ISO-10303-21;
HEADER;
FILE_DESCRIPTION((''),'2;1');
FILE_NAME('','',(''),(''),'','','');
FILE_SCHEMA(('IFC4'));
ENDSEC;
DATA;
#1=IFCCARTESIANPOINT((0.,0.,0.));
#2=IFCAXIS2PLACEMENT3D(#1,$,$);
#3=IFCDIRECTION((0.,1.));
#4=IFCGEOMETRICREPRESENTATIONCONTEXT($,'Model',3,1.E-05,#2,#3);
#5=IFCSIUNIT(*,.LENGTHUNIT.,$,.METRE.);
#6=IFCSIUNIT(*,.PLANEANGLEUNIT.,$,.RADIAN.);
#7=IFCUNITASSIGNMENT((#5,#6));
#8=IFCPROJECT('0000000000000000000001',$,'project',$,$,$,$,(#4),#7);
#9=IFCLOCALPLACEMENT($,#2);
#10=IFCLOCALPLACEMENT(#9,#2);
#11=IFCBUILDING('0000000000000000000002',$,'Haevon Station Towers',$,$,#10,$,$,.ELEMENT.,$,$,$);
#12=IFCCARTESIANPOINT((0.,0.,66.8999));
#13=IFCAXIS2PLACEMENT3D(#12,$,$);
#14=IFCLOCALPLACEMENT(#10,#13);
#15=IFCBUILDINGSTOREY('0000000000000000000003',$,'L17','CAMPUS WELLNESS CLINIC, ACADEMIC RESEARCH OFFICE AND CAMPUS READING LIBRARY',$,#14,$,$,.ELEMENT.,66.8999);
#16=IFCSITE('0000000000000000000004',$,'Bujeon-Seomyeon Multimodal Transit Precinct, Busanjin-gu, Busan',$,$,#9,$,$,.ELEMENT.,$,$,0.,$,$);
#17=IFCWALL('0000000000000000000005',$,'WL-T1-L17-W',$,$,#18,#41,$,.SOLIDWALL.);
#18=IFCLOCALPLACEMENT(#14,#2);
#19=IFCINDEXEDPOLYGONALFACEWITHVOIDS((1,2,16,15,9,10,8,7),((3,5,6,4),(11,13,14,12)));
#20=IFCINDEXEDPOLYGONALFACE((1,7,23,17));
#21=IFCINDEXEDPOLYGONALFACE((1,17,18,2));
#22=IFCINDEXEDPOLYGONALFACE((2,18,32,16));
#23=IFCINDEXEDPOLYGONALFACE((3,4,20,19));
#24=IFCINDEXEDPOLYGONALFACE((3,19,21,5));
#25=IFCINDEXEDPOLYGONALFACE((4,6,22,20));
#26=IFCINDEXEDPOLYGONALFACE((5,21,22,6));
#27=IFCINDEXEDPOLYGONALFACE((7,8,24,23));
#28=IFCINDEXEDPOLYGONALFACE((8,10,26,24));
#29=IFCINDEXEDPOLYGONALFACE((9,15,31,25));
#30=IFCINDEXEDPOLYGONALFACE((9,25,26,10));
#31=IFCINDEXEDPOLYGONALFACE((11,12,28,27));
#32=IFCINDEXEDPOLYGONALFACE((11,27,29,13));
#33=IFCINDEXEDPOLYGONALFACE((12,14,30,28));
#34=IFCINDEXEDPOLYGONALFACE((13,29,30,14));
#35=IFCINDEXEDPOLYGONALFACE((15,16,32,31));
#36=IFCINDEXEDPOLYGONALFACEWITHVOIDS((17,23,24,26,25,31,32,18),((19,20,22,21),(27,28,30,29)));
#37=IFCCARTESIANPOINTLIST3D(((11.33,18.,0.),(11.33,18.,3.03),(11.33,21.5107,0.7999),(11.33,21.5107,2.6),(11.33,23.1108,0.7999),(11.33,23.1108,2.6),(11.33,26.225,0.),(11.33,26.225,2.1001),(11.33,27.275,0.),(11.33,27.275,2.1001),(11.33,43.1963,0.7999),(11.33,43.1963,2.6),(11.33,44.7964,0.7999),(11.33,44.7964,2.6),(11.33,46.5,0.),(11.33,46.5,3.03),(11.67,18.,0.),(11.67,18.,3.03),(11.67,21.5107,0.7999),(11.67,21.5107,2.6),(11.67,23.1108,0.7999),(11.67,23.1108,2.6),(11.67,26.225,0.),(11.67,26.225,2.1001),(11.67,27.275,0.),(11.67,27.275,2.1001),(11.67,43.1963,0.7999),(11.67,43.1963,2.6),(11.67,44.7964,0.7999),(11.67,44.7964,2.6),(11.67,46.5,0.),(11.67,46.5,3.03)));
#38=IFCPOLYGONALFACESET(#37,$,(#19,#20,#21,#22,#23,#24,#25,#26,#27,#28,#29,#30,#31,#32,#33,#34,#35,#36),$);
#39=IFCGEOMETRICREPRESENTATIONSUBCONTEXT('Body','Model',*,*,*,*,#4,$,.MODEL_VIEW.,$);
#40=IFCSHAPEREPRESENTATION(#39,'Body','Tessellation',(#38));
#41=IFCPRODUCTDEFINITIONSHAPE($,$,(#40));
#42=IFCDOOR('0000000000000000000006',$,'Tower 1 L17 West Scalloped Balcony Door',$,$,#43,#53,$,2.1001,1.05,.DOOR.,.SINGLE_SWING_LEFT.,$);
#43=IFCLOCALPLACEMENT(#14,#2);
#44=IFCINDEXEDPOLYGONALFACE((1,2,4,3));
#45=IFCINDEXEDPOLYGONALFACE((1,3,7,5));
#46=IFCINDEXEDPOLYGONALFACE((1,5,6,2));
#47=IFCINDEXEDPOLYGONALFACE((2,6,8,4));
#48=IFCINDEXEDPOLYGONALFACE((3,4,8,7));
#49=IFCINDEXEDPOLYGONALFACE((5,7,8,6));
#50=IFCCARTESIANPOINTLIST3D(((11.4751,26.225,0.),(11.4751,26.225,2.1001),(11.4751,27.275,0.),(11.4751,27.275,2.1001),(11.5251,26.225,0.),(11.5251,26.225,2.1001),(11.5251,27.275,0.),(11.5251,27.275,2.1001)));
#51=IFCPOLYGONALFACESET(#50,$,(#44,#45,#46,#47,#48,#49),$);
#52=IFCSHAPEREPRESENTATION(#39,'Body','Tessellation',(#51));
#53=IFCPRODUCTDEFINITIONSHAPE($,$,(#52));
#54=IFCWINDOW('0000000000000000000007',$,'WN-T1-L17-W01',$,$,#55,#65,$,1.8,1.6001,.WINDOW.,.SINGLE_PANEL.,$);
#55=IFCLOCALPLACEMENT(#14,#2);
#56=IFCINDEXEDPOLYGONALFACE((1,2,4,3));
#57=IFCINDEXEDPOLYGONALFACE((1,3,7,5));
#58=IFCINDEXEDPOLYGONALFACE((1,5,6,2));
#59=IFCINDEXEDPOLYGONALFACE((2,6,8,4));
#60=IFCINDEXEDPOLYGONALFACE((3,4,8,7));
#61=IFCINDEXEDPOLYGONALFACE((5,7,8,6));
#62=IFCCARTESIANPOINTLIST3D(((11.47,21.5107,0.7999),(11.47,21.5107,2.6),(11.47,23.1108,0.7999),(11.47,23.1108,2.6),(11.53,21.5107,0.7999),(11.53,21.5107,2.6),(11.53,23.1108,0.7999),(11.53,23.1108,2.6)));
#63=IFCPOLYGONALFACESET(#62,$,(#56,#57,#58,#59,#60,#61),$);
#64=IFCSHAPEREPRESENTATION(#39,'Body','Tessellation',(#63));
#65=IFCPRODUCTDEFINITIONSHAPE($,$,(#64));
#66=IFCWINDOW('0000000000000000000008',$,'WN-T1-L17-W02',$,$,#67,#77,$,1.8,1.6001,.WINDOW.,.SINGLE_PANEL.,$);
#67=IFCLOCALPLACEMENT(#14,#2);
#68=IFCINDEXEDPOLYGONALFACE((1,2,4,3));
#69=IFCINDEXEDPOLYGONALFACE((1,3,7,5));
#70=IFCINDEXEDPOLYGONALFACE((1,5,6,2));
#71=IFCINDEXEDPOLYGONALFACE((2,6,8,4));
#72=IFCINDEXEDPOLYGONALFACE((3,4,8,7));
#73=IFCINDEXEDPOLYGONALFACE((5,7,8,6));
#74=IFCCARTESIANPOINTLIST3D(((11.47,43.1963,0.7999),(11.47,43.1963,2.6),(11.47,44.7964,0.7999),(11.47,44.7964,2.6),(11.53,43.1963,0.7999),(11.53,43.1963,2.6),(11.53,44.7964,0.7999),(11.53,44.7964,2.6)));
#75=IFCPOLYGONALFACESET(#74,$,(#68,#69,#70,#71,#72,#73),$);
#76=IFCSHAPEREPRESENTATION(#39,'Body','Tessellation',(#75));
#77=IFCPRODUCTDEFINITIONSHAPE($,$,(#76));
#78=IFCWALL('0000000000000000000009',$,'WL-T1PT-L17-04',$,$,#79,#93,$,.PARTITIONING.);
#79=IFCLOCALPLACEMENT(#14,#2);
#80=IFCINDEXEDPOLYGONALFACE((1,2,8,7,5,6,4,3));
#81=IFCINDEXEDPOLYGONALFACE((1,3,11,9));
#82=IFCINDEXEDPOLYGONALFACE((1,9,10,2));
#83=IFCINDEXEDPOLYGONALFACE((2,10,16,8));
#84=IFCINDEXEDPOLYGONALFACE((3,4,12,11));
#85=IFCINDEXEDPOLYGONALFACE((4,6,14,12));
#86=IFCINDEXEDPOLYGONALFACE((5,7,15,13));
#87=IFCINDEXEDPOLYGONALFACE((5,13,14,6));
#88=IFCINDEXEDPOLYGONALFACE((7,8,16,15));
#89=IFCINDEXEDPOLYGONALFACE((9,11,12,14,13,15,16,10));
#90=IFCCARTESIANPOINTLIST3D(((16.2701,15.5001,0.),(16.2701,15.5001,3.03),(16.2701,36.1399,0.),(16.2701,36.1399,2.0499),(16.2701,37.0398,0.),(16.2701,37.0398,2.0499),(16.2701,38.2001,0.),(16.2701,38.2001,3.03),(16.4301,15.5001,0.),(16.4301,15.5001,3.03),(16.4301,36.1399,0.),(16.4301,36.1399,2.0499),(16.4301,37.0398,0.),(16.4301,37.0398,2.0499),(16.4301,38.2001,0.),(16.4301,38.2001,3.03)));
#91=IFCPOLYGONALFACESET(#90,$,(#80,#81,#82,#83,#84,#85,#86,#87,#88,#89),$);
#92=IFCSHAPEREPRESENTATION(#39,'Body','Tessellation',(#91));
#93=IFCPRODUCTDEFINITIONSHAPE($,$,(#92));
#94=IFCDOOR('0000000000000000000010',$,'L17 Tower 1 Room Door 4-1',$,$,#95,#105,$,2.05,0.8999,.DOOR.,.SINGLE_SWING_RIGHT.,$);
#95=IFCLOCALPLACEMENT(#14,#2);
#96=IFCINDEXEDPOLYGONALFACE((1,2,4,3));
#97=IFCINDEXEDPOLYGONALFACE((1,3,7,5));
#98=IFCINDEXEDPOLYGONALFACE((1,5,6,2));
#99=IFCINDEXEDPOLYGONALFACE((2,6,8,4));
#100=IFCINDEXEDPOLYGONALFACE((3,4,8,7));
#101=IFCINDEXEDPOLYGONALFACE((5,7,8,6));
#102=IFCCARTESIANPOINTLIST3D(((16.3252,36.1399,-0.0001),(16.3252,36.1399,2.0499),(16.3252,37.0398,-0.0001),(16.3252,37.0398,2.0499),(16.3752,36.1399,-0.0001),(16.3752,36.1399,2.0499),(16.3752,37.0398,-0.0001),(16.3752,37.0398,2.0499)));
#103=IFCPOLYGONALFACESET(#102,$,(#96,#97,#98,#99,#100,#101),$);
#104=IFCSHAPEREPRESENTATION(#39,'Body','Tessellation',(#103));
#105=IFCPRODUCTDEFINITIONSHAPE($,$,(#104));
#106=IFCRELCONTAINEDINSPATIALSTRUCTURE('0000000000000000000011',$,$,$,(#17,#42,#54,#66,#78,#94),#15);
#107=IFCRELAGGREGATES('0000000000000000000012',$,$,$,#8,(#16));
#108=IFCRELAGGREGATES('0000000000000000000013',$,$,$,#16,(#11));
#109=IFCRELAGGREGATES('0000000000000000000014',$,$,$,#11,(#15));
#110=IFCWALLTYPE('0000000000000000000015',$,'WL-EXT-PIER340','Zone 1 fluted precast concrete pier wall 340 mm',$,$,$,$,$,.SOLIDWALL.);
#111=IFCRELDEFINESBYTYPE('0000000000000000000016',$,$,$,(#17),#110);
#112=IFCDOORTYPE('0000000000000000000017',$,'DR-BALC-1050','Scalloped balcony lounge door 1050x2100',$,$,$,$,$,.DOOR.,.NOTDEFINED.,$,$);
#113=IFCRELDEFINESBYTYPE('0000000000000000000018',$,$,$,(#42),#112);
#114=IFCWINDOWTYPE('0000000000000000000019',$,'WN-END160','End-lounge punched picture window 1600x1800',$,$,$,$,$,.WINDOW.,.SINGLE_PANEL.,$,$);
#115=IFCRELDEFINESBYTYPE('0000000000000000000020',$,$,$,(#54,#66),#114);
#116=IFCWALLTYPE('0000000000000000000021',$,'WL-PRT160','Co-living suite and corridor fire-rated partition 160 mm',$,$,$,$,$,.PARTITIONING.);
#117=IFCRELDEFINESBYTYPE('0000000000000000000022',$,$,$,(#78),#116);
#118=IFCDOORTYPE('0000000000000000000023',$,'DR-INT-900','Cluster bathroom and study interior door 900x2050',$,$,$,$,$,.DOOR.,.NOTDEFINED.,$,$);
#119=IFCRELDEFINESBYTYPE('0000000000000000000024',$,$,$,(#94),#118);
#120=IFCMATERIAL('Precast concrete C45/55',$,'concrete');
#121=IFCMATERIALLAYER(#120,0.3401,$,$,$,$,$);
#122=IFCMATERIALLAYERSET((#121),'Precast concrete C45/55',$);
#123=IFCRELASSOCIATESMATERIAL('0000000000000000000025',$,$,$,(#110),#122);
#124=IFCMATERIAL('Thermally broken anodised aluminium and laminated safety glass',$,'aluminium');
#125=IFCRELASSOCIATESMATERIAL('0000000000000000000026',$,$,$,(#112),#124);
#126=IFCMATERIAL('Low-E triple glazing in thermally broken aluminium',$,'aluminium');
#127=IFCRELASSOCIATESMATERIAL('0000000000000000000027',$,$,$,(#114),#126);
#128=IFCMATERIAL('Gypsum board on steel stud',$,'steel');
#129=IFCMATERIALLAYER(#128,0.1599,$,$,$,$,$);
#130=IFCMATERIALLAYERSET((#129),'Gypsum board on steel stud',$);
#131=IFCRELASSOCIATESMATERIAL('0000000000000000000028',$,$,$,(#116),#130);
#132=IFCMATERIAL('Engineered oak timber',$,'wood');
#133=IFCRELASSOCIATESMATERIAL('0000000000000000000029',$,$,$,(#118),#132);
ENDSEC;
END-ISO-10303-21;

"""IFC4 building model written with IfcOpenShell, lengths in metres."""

from ifc_helpers import new_model, si_unit, direction, frame, frame_2d, origin, place, context, subcontext, project, spatial, rectangle, extrude, material, layer, layer_set, type_object, element, fill, save


model = new_model("IFC4")

# Units and contexts
model_context = context("Model", 3, precision=1e-05, world=origin(), true_north=direction((0.0, 1.0)))
body_context = subcontext(model_context, "Body", "Model", "MODEL_VIEW")
ifc_project = project(units=[si_unit("LENGTHUNIT", "METRE"), si_unit("PLANEANGLEUNIT", "RADIAN")], contexts=[model_context])

# Site, building, storey
site_placement = place(None, origin())
site = spatial("IfcSite", under=ifc_project, at=site_placement, Name="Bujeon-Seomyeon Multimodal Transit Precinct, Busanjin-gu, Busan", CompositionType="ELEMENT", RefElevation=0.0)
building_placement = place(site_placement, origin())
building = spatial("IfcBuilding", under=site, at=building_placement, Name="Haevon Station Towers", CompositionType="ELEMENT")
storey_placement = place(building_placement, frame((0.0, 0.0, 66.8999)))
storey = spatial("IfcBuildingStorey", under=building, at=storey_placement, Name="L17", Description="CAMPUS WELLNESS CLINIC, ACADEMIC RESEARCH OFFICE AND CAMPUS READING LIBRARY", CompositionType="ELEMENT", Elevation=66.8999)

# Shared definitions
ifc_material_1 = material(Name="Gypsum board on steel stud", Category="steel")
ifc_material_2 = material(Name="Precast concrete C45/55", Category="concrete")
ifc_layer_1 = layer(ifc_material_2, 0.3401)
ifc_layer_set_1 = layer_set([ifc_layer_1], Name="Precast concrete C45/55")
wall_type_1 = type_object("IfcWallType", Name="WL-EXT-PIER340", Description="Zone 1 fluted precast concrete pier wall 340 mm", PredefinedType="SOLIDWALL", material=ifc_layer_set_1)

# Wall, openings, door, windows
wall_1_placement = place(storey_placement, frame((11.5, 18.0, 0.0), z_axis=(0.0, 0.0, 1.0), x_axis=(0.0, 1.0, 0.0)))
wall_1 = element("IfcWall", 1, at=wall_1_placement, inside=storey, type_object=wall_type_1, Name="WL-T1-L17-W", PredefinedType="SOLIDWALL", context=body_context, shape_type="SweptSolid", body=[
    extrude(rectangle(XDim=28.5, YDim=0.3401, at=frame_2d((14.25, 0.0))), origin(), (0.0, 0.0, 1.0), 3.03),
])
opening_1_placement = place(wall_1_placement, frame((8.2251, 0.0, 0.0)))
opening_1 = element("IfcOpeningElement", 2, at=opening_1_placement, cuts=wall_1, PredefinedType="OPENING", context=body_context, shape_type="SweptSolid", body=[
    extrude(rectangle(XDim=1.05, YDim=2.1001, at=frame_2d((0.5249, 1.05))), frame((0.0, 0.1799, 0.0), z_axis=(0.0, -1.0, 0.0), x_axis=(1.0, 0.0, 0.0)), (0.0, 0.0, 1.0), 0.3601),
])
opening_2_placement = place(wall_1_placement, frame((3.5107, 0.0, 0.8)))
opening_2 = element("IfcOpeningElement", 3, at=opening_2_placement, cuts=wall_1, PredefinedType="OPENING", context=body_context, shape_type="SweptSolid", body=[
    extrude(rectangle(XDim=1.6001, YDim=1.8, at=frame_2d((0.8, 0.8999))), frame((0.0, 0.1799, 0.0), z_axis=(0.0, -1.0, 0.0), x_axis=(1.0, 0.0, 0.0)), (0.0, 0.0, 1.0), 0.3601),
])
opening_3_placement = place(wall_1_placement, frame((25.1963, 0.0, 0.8)))
opening_3 = element("IfcOpeningElement", 4, at=opening_3_placement, cuts=wall_1, PredefinedType="OPENING", context=body_context, shape_type="SweptSolid", body=[
    extrude(rectangle(XDim=1.6001, YDim=1.8, at=frame_2d((0.8, 0.8999))), frame((0.0, 0.1799, 0.0), z_axis=(0.0, -1.0, 0.0), x_axis=(1.0, 0.0, 0.0)), (0.0, 0.0, 1.0), 0.3601),
])
ifc_material_3 = material(Name="Thermally broken anodised aluminium and laminated safety glass", Category="aluminium")
door_type_1 = type_object("IfcDoorType", Name="DR-BALC-1050", Description="Scalloped balcony lounge door 1050x2100", OperationType="NOTDEFINED", PredefinedType="DOOR", material=ifc_material_3)
door_1_placement = place(opening_1_placement, origin())
door_1 = element("IfcDoor", 5, at=door_1_placement, inside=storey, type_object=door_type_1, Name="Tower 1 L17 West Scalloped Balcony Door", OperationType="SINGLE_SWING_LEFT", OverallHeight=2.1001, OverallWidth=1.05, PredefinedType="DOOR", context=body_context, shape_type="SweptSolid", body=[
    extrude(rectangle(XDim=1.05, YDim=2.1001, at=frame_2d((0.5249, 1.05))), frame((0.0, 0.0249, 0.0), z_axis=(0.0, -1.0, 0.0), x_axis=(1.0, 0.0, 0.0)), (0.0, 0.0, 1.0), 0.05),
])
fill(opening_1, door_1)
ifc_material_4 = material(Name="Low-E triple glazing in thermally broken aluminium", Category="aluminium")
window_type = type_object("IfcWindowType", Name="WN-END160", Description="End-lounge punched picture window 1600x1800", PartitioningType="SINGLE_PANEL", PredefinedType="WINDOW", material=ifc_material_4)
window_1_placement = place(opening_2_placement, origin())
window_1 = element("IfcWindow", 6, at=window_1_placement, inside=storey, type_object=window_type, Name="WN-T1-L17-W01", OverallHeight=1.8, OverallWidth=1.6001, PartitioningType="SINGLE_PANEL", PredefinedType="WINDOW", context=body_context, shape_type="SweptSolid", body=[
    extrude(rectangle(XDim=1.6001, YDim=1.8, at=frame_2d((0.8, 0.8999))), frame((0.0, 0.03, 0.0), z_axis=(0.0, -1.0, 0.0), x_axis=(1.0, 0.0, 0.0)), (0.0, 0.0, 1.0), 0.0601),
])
fill(opening_2, window_1)
window_2_placement = place(opening_3_placement, origin())
window_2 = element("IfcWindow", 7, at=window_2_placement, inside=storey, type_object=window_type, Name="WN-T1-L17-W02", OverallHeight=1.8, OverallWidth=1.6001, PartitioningType="SINGLE_PANEL", PredefinedType="WINDOW", context=body_context, shape_type="SweptSolid", body=[
    extrude(rectangle(XDim=1.6001, YDim=1.8, at=frame_2d((0.8, 0.8999))), frame((0.0, 0.03, 0.0), z_axis=(0.0, -1.0, 0.0), x_axis=(1.0, 0.0, 0.0)), (0.0, 0.0, 1.0), 0.0601),
])
fill(opening_3, window_2)

# Wall, opening, door
ifc_layer_2 = layer(ifc_material_1, 0.1599)
ifc_layer_set_2 = layer_set([ifc_layer_2], Name="Gypsum board on steel stud")
wall_type_2 = type_object("IfcWallType", Name="WL-PRT160", Description="Co-living suite and corridor fire-rated partition 160 mm", PredefinedType="PARTITIONING", material=ifc_layer_set_2)
wall_2_placement = place(storey_placement, frame((16.3501, 15.5, 0.0), z_axis=(0.0, 0.0, 1.0), x_axis=(0.0, 1.0, 0.0)))
wall_2 = element("IfcWall", 8, at=wall_2_placement, inside=storey, type_object=wall_type_2, Name="WL-T1PT-L17-04", PredefinedType="PARTITIONING", context=body_context, shape_type="SweptSolid", body=[
    extrude(rectangle(XDim=22.7, YDim=0.1599, at=frame_2d((11.3501, 0.0))), origin(), (0.0, 0.0, 1.0), 3.03),
])
opening_4_placement = place(wall_2_placement, frame((20.6399, 0.0, 0.0)))
opening_4 = element("IfcOpeningElement", 9, at=opening_4_placement, cuts=wall_2, PredefinedType="OPENING", context=body_context, shape_type="SweptSolid", body=[
    extrude(rectangle(XDim=0.8999, YDim=2.05, at=frame_2d((0.45, 1.0249))), frame((0.0, 0.0898, 0.0), z_axis=(0.0, -1.0, 0.0), x_axis=(1.0, 0.0, 0.0)), (0.0, 0.0, 1.0), 0.1799),
])
ifc_material_5 = material(Name="Engineered oak timber", Category="wood")
door_type_2 = type_object("IfcDoorType", Name="DR-INT-900", Description="Cluster bathroom and study interior door 900x2050", OperationType="NOTDEFINED", PredefinedType="DOOR", material=ifc_material_5)
door_2_placement = place(opening_4_placement, origin())
door_2 = element("IfcDoor", 10, at=door_2_placement, inside=storey, type_object=door_type_2, Name="L17 Tower 1 Room Door 4-1", OperationType="SINGLE_SWING_RIGHT", OverallHeight=2.05, OverallWidth=0.8999, PredefinedType="DOOR", context=body_context, shape_type="SweptSolid", body=[
    extrude(rectangle(XDim=0.8999, YDim=2.05, at=frame_2d((0.45, 1.0249))), frame((0.0, 0.0249, 0.0), z_axis=(0.0, -1.0, 0.0), x_axis=(1.0, 0.0, 0.0)), (0.0, 0.0, 1.0), 0.05),
])
fill(opening_4, door_2)

save(model, "model.ifc")
